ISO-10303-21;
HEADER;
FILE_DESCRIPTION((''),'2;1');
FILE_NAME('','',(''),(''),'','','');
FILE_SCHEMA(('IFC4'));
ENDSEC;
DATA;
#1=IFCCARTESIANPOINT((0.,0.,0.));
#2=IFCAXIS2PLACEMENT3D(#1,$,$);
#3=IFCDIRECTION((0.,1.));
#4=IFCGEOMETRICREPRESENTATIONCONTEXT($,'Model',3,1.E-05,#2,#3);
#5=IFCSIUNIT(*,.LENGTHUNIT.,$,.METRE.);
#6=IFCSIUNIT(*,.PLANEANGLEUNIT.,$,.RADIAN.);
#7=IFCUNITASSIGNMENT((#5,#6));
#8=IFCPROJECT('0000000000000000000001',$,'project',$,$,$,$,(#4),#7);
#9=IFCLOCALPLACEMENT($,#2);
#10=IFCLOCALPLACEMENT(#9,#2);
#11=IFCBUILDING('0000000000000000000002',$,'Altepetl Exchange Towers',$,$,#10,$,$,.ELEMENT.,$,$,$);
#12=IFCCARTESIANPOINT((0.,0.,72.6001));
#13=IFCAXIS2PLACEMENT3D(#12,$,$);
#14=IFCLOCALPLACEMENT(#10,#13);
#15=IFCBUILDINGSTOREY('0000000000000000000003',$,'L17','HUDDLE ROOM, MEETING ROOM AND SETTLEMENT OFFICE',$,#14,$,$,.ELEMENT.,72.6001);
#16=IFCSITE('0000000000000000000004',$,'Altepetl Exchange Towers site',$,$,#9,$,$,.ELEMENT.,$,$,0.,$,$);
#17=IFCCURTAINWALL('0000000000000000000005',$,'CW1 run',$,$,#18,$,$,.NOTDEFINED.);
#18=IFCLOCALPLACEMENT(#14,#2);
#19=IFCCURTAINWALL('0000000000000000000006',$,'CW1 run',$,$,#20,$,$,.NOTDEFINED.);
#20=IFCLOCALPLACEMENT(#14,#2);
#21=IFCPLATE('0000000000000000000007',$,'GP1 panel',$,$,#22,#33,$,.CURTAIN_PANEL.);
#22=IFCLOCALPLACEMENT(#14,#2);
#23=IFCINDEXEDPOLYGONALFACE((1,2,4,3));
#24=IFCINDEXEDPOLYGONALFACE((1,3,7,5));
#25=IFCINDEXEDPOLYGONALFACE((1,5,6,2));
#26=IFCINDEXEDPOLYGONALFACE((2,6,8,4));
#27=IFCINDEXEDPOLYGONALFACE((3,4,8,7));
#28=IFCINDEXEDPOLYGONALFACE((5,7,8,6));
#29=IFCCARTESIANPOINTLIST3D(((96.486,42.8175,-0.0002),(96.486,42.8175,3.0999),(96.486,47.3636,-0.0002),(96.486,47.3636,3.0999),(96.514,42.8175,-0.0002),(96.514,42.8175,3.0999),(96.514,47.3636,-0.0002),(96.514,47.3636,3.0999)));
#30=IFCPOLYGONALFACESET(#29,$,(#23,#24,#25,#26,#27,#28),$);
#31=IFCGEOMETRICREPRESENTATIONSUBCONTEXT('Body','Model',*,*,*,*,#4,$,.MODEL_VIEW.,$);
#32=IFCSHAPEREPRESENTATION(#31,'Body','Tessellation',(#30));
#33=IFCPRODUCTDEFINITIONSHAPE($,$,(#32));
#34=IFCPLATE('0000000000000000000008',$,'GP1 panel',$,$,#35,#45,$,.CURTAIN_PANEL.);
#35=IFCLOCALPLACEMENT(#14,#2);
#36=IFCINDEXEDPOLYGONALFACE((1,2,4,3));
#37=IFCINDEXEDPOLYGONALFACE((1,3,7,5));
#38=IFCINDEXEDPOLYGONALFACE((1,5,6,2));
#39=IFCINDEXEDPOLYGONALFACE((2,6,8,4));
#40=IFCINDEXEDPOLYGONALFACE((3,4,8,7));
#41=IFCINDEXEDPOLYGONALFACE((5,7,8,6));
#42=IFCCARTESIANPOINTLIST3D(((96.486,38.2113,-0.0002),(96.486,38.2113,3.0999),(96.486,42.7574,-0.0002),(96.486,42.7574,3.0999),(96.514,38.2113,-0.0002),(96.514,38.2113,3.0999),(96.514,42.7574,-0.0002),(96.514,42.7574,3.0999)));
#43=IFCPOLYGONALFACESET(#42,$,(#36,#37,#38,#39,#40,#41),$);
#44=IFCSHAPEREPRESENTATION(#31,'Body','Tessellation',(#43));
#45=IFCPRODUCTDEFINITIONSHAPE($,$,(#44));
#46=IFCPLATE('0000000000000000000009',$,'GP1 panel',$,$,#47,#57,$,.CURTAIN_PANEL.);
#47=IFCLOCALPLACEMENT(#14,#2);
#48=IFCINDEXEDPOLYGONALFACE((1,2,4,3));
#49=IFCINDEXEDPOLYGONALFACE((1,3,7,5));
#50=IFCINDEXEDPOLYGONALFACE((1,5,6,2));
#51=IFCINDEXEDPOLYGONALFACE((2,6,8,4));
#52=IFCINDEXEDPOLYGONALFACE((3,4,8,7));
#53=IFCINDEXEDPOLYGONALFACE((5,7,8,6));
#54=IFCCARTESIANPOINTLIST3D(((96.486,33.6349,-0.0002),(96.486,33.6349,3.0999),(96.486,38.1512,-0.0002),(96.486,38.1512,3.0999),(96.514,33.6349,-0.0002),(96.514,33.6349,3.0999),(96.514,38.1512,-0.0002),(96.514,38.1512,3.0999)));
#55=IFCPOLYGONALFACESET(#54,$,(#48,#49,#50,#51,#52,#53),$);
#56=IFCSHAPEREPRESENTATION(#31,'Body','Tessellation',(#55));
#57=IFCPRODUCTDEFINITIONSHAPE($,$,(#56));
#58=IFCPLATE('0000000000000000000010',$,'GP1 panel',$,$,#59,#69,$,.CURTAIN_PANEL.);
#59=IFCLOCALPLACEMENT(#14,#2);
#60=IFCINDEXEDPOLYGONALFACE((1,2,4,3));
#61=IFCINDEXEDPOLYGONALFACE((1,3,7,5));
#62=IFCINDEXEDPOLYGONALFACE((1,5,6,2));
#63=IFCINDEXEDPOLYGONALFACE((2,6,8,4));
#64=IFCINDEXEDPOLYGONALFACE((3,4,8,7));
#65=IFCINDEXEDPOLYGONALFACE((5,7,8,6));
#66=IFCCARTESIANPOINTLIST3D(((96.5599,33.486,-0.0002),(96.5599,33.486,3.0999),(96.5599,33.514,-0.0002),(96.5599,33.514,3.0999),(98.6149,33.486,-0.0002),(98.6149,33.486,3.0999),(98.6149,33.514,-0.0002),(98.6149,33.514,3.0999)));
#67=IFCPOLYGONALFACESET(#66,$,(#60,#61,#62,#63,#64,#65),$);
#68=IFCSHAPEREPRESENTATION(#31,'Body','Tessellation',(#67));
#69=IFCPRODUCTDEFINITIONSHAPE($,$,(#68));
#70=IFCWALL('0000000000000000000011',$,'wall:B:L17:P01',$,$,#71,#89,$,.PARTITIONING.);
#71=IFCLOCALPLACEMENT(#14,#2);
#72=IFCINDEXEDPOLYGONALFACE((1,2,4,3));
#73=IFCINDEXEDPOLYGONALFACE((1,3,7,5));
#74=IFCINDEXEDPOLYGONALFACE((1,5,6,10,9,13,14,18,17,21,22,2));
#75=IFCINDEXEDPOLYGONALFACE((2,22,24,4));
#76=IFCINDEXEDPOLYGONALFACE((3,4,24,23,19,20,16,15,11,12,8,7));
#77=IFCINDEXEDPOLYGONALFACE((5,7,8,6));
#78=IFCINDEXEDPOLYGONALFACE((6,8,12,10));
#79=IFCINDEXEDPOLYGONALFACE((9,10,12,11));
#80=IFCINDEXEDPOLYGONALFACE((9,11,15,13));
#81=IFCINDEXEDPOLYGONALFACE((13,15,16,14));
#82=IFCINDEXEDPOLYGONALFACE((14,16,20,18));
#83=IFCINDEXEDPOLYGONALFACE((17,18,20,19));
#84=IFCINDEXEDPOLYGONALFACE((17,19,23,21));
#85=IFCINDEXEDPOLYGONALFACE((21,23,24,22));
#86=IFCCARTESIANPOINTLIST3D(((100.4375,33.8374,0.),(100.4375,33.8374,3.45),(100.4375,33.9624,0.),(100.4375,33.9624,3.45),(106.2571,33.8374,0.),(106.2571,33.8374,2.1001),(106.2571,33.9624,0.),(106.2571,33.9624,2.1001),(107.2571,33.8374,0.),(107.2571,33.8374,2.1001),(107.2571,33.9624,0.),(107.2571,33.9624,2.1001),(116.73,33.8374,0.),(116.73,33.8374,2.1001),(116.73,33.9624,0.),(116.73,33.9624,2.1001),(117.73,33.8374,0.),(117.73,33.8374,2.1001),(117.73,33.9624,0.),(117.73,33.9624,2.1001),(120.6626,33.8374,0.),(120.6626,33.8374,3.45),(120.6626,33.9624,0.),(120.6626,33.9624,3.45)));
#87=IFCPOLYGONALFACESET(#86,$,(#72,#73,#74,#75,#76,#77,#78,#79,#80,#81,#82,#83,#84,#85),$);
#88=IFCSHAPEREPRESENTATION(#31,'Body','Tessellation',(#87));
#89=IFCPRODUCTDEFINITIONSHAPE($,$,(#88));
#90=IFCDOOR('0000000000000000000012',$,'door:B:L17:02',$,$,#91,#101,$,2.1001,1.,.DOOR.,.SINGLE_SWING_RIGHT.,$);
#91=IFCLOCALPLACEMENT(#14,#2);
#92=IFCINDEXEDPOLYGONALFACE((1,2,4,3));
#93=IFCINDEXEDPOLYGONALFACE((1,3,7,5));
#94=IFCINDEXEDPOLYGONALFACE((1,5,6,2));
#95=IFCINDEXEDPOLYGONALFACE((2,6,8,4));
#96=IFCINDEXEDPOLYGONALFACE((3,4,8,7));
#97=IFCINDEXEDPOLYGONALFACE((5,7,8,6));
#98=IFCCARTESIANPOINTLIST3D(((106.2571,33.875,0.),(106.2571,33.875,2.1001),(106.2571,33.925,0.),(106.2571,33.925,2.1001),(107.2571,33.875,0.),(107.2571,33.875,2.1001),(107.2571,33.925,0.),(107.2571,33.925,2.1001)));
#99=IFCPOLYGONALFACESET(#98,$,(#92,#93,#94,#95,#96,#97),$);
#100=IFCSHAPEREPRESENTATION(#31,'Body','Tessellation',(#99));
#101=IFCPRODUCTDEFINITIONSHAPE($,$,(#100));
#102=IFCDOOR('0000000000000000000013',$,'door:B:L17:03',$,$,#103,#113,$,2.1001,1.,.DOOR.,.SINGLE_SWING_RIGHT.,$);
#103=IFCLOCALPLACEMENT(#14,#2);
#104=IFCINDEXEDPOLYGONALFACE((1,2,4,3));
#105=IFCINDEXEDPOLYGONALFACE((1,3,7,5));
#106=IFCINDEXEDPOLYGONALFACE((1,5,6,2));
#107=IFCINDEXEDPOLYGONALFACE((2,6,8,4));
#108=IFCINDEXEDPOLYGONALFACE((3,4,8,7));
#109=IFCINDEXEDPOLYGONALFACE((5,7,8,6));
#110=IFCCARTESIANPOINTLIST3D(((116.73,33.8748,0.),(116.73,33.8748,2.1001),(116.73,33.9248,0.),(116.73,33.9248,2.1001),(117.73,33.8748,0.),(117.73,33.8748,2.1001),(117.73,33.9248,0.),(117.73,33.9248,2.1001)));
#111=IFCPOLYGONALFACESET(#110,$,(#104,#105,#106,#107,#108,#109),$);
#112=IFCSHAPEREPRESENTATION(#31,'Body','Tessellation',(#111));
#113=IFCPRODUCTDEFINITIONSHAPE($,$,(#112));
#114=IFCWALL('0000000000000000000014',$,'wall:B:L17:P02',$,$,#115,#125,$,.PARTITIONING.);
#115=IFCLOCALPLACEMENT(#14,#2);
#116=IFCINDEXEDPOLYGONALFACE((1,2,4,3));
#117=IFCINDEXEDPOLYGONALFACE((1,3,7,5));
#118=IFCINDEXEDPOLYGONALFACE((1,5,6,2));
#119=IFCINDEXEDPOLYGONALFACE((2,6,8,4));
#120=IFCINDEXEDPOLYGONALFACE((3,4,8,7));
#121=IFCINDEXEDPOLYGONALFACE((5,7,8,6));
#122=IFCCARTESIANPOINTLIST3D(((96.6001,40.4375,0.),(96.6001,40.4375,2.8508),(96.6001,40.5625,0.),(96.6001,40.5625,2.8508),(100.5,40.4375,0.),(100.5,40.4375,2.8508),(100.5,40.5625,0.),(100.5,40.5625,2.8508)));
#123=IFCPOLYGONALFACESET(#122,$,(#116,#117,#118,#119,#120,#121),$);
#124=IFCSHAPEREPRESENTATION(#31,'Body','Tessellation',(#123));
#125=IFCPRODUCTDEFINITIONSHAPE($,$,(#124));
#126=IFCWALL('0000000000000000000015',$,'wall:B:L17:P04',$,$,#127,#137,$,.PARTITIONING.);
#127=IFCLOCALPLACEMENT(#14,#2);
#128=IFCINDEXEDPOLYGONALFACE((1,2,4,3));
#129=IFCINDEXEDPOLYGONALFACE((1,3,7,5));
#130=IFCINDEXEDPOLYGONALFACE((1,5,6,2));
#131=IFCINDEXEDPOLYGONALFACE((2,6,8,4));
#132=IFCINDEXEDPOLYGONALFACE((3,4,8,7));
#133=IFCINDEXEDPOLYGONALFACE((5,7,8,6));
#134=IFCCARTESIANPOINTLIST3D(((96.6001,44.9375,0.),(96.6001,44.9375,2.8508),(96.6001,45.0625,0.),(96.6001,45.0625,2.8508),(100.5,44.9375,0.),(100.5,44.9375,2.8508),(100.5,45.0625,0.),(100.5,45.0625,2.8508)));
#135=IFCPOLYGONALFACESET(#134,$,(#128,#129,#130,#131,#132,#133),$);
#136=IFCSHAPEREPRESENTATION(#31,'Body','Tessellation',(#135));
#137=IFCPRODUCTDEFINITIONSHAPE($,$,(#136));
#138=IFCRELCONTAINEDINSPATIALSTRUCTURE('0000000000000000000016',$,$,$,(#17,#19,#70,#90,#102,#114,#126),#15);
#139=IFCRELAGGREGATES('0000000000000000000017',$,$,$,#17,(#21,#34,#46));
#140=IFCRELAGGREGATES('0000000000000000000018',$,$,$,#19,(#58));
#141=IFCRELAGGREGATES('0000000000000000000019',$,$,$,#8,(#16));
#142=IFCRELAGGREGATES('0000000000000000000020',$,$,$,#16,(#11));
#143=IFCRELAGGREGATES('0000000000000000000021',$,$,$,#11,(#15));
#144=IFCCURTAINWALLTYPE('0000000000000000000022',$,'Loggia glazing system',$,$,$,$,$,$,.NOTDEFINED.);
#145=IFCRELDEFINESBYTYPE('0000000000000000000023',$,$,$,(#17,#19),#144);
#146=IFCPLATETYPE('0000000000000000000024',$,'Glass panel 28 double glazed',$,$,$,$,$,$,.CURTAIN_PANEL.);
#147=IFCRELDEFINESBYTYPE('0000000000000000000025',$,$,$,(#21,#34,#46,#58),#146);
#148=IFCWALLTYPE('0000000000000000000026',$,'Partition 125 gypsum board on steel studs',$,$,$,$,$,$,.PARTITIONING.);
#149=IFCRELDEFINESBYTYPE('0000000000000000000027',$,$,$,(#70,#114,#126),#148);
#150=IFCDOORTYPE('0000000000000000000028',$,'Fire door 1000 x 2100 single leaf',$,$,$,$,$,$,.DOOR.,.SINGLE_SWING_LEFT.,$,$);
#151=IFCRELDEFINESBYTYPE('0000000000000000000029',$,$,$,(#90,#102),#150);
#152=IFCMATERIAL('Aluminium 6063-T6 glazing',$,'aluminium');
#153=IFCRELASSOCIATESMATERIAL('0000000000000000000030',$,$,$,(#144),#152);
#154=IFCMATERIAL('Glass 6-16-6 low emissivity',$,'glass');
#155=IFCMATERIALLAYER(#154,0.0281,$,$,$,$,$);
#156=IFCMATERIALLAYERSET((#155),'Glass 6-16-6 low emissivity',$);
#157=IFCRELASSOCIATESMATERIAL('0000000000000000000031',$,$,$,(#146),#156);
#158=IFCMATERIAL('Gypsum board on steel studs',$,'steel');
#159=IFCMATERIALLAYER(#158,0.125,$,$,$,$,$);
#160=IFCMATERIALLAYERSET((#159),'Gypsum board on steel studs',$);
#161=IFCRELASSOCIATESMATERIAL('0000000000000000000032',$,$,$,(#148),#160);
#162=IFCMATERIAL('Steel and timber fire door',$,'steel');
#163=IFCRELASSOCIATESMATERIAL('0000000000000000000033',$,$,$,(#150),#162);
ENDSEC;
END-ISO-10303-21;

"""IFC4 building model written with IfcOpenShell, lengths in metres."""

from ifc_helpers import new_model, si_unit, direction, frame, frame_2d, origin, origin_2d, place, context, subcontext, project, spatial, rectangle, extrude, material, layer, layer_set, type_object, element, fill, aggregate, save


model = new_model("IFC4")

# Units and contexts
model_context = context("Model", 3, precision=1e-05, world=origin(), true_north=direction((0.0, 1.0)))
body_context = subcontext(model_context, "Body", "Model", "MODEL_VIEW")
ifc_project = project(units=[si_unit("LENGTHUNIT", "METRE"), si_unit("PLANEANGLEUNIT", "RADIAN")], contexts=[model_context])

# Site, building, storey
site_placement = place(None, origin())
site = spatial("IfcSite", under=ifc_project, at=site_placement, Name="Altepetl Exchange Towers site", CompositionType="ELEMENT", RefElevation=0.0)
building_placement = place(site_placement, origin())
building = spatial("IfcBuilding", under=site, at=building_placement, Name="Altepetl Exchange Towers", CompositionType="ELEMENT")
storey_placement = place(building_placement, frame((0.0, 0.0, 72.6001)))
storey = spatial("IfcBuildingStorey", under=building, at=storey_placement, Name="L17", Description="HUDDLE ROOM, MEETING ROOM AND SETTLEMENT OFFICE", CompositionType="ELEMENT", Elevation=72.6001)

# Curtain walls
ifc_material_1 = material(Name="Aluminium 6063-T6 glazing", Category="aluminium")
curtain_wall_type = type_object("IfcCurtainWallType", Name="Loggia glazing system", PredefinedType="NOTDEFINED", material=ifc_material_1)
curtain_wall_1_placement = place(storey_placement, origin())
curtain_wall_1 = element("IfcCurtainWall", 1, at=curtain_wall_1_placement, inside=storey, type_object=curtain_wall_type, Name="CW1 run", PredefinedType="NOTDEFINED")
curtain_wall_2_placement = place(storey_placement, origin())
curtain_wall_2 = element("IfcCurtainWall", 2, at=curtain_wall_2_placement, inside=storey, type_object=curtain_wall_type, Name="CW1 run", PredefinedType="NOTDEFINED")

# Plates
ifc_material_2 = material(Name="Glass 6-16-6 low emissivity", Category="glass")
ifc_layer_1 = layer(ifc_material_2, 0.0281)
ifc_layer_set_1 = layer_set([ifc_layer_1], Name="Glass 6-16-6 low emissivity")
plate_type = type_object("IfcPlateType", Name="Glass panel 28 double glazed", PredefinedType="CURTAIN_PANEL", material=ifc_layer_set_1)
plate_1_placement = place(storey_placement, frame((96.5, 45.0906, -0.0002), z_axis=(0.0, 0.0, 1.0), x_axis=(0.0, -1.0, 0.0)))
plate_1 = element("IfcPlate", 3, at=plate_1_placement, type_object=plate_type, Name="GP1 panel", PredefinedType="CURTAIN_PANEL", context=body_context, shape_type="SweptSolid", body=[
    extrude(rectangle(XDim=4.5461, YDim=0.0281, at=origin_2d()), origin(), (0.0, 0.0, 1.0), 3.1001),
])
plate_2_placement = place(storey_placement, frame((96.5, 40.4844, -0.0002), z_axis=(0.0, 0.0, 1.0), x_axis=(0.0, -1.0, 0.0)))
plate_2 = element("IfcPlate", 4, at=plate_2_placement, type_object=plate_type, Name="GP1 panel", PredefinedType="CURTAIN_PANEL", context=body_context, shape_type="SweptSolid", body=[
    extrude(rectangle(XDim=4.5461, YDim=0.0281, at=origin_2d()), origin(), (0.0, 0.0, 1.0), 3.1001),
])
plate_3_placement = place(storey_placement, frame((96.5, 35.8931, -0.0002), z_axis=(0.0, 0.0, 1.0), x_axis=(0.0, -1.0, 0.0)))
plate_3 = element("IfcPlate", 5, at=plate_3_placement, type_object=plate_type, Name="GP1 panel", PredefinedType="CURTAIN_PANEL", context=body_context, shape_type="SweptSolid", body=[
    extrude(rectangle(XDim=4.5164, YDim=0.0281, at=origin_2d()), origin(), (0.0, 0.0, 1.0), 3.1001),
])
aggregate(curtain_wall_1, [plate_1, plate_2, plate_3])
plate_4_placement = place(storey_placement, frame((97.5874, 33.5, -0.0002)))
plate_4 = element("IfcPlate", 6, at=plate_4_placement, type_object=plate_type, Name="GP1 panel", PredefinedType="CURTAIN_PANEL", context=body_context, shape_type="SweptSolid", body=[
    extrude(rectangle(XDim=2.0549, YDim=0.0281, at=origin_2d()), origin(), (0.0, 0.0, 1.0), 3.1001),
])
aggregate(curtain_wall_2, [plate_4])

# Wall, openings, doors
ifc_material_3 = material(Name="Gypsum board on steel studs", Category="steel")
ifc_layer_2 = layer(ifc_material_3, 0.125)
ifc_layer_set_2 = layer_set([ifc_layer_2], Name="Gypsum board on steel studs")
wall_type = type_object("IfcWallType", Name="Partition 125 gypsum board on steel studs", PredefinedType="PARTITIONING", material=ifc_layer_set_2)
wall_1_placement = place(storey_placement, frame((100.4375, 33.8999, 0.0)))
wall_1 = element("IfcWall", 7, at=wall_1_placement, inside=storey, type_object=wall_type, Name="wall:B:L17:P01", PredefinedType="PARTITIONING", context=body_context, shape_type="SweptSolid", body=[
    extrude(rectangle(XDim=20.2251, YDim=0.125, at=frame_2d((10.1125, 0.0))), origin(), (0.0, 0.0, 1.0), 3.45),
])
opening_1_placement = place(wall_1_placement, frame((5.8196, 0.0, 0.0)))
opening_1 = element("IfcOpeningElement", 8, at=opening_1_placement, cuts=wall_1, PredefinedType="OPENING", context=body_context, shape_type="SweptSolid", body=[
    extrude(rectangle(XDim=1.0, YDim=2.1001, at=frame_2d((0.5, 1.05))), frame((0.0, 0.0725, 0.0), z_axis=(0.0, -1.0, 0.0), x_axis=(1.0, 0.0, 0.0)), (0.0, 0.0, 1.0), 0.145),
])
opening_2_placement = place(wall_1_placement, frame((16.2925, 0.0, 0.0)))
opening_2 = element("IfcOpeningElement", 9, at=opening_2_placement, cuts=wall_1, PredefinedType="OPENING", context=body_context, shape_type="SweptSolid", body=[
    extrude(rectangle(XDim=1.0, YDim=2.1001, at=frame_2d((0.5, 1.05))), frame((0.0, 0.0725, 0.0), z_axis=(0.0, -1.0, 0.0), x_axis=(1.0, 0.0, 0.0)), (0.0, 0.0, 1.0), 0.145),
])
ifc_material_4 = material(Name="Steel and timber fire door", Category="steel")
door_type = type_object("IfcDoorType", Name="Fire door 1000 x 2100 single leaf", OperationType="SINGLE_SWING_LEFT", PredefinedType="DOOR", material=ifc_material_4)
door_1_placement = place(opening_1_placement, frame((1.0, 0.0, 0.0), x_axis=(-1.0, 0.0, 0.0)))
door_1 = element("IfcDoor", 10, at=door_1_placement, inside=storey, type_object=door_type, Name="door:B:L17:02", OperationType="SINGLE_SWING_RIGHT", OverallHeight=2.1001, OverallWidth=1.0, PredefinedType="DOOR", context=body_context, shape_type="SweptSolid", body=[
    extrude(rectangle(XDim=1.0, YDim=2.1001, at=frame_2d((0.5, 1.05))), frame((0.0, 0.0249, 0.0), z_axis=(0.0, -1.0, 0.0), x_axis=(1.0, 0.0, 0.0)), (0.0, 0.0, 1.0), 0.05),
])
fill(opening_1, door_1)
door_2_placement = place(opening_2_placement, origin())
door_2 = element("IfcDoor", 11, at=door_2_placement, inside=storey, type_object=door_type, Name="door:B:L17:03", OperationType="SINGLE_SWING_RIGHT", OverallHeight=2.1001, OverallWidth=1.0, PredefinedType="DOOR", context=body_context, shape_type="SweptSolid", body=[
    extrude(rectangle(XDim=1.0, YDim=2.1001, at=frame_2d((0.5, 1.05))), frame((0.0, 0.0249, 0.0), z_axis=(0.0, -1.0, 0.0), x_axis=(1.0, 0.0, 0.0)), (0.0, 0.0, 1.0), 0.05),
])
fill(opening_2, door_2)

# Walls
for number, where, name in (
    (12, (96.6001, 40.5, 0.0), "wall:B:L17:P02"),
    (13, (96.6001, 45.0, 0.0), "wall:B:L17:P04"),
):
    element("IfcWall", number, at=place(storey_placement, frame(where)), inside=storey, type_object=wall_type, Name=name, PredefinedType="PARTITIONING", context=body_context, shape_type="SweptSolid", body=[
        extrude(rectangle(XDim=3.8999, YDim=0.125, at=frame_2d((1.95, 0.0))), origin(), (0.0, 0.0, 1.0), 2.8508),
    ])

save(model, "model.ifc")
